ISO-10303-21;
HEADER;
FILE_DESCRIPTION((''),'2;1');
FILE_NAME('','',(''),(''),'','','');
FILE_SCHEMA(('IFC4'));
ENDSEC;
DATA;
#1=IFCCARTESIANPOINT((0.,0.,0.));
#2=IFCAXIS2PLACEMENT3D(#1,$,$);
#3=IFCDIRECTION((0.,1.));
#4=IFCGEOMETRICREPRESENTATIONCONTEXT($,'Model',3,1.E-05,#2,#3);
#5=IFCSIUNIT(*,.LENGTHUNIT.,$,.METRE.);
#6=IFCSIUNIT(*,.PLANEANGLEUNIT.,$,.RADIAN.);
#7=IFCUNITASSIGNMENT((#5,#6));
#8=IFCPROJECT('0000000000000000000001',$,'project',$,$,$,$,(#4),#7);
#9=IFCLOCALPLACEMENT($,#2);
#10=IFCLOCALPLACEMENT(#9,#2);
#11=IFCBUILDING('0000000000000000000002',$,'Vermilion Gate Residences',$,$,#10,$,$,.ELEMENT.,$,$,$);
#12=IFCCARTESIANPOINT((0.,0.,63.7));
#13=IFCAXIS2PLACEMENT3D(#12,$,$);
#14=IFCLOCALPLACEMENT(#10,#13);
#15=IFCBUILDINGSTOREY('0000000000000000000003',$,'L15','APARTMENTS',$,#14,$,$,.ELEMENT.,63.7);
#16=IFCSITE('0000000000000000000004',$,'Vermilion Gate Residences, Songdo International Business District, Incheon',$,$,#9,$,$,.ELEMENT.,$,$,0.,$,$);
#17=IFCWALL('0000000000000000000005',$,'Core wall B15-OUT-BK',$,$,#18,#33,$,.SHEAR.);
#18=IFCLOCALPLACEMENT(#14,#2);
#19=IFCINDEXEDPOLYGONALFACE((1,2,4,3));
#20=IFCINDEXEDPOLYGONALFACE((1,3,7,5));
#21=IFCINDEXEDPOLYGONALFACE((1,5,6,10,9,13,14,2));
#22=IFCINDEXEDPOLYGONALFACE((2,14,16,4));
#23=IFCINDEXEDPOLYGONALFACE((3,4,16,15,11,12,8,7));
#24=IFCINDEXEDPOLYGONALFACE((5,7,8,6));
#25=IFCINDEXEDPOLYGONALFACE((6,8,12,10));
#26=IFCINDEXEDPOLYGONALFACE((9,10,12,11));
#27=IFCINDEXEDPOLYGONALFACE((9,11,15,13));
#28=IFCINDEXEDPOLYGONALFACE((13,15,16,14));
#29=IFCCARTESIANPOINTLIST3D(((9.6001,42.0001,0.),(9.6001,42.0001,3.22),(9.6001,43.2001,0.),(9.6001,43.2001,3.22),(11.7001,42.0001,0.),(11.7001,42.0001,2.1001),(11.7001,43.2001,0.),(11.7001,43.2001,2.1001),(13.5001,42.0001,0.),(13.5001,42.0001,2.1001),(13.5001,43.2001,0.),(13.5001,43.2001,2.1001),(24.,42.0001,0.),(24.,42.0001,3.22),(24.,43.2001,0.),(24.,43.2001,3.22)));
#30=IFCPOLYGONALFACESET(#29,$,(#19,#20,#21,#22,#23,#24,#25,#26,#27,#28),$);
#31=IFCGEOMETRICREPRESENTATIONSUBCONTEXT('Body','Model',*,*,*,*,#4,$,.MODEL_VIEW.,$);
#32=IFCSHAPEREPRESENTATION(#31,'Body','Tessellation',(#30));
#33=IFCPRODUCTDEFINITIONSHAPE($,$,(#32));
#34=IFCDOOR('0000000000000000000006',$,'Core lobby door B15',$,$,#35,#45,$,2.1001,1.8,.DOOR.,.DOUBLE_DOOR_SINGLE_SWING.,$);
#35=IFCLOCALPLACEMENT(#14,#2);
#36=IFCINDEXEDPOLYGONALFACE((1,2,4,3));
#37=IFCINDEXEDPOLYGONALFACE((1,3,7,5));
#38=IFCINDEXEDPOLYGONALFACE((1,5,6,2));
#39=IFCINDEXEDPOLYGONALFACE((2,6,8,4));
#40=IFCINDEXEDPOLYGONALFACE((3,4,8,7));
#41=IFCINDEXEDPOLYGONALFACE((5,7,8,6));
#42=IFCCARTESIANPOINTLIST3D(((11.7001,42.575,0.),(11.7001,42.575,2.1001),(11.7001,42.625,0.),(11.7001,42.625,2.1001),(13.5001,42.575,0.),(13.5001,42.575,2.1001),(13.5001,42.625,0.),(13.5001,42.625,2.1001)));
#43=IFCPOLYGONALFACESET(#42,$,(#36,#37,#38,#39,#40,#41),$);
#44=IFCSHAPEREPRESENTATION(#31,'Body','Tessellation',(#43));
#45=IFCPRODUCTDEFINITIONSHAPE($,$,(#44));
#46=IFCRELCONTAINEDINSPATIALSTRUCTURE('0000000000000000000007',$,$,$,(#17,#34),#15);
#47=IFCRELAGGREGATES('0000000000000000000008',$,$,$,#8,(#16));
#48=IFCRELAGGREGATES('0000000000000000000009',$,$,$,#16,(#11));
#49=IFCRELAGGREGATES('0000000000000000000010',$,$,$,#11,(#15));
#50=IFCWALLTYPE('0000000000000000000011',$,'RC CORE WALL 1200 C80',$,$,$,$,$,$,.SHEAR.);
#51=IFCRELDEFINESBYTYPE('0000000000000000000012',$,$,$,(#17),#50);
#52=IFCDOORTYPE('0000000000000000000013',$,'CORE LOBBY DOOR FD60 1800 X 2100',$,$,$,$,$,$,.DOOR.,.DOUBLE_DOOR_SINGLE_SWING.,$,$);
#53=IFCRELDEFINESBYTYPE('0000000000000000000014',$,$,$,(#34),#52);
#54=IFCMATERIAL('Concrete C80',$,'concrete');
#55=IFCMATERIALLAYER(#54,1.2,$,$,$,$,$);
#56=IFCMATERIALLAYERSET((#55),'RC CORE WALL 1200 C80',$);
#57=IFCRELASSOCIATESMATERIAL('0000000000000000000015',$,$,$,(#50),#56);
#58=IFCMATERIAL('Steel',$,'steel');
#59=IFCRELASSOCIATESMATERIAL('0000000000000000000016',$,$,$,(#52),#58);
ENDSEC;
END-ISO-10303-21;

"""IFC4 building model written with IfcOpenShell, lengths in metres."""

from ifc_helpers import new_model, si_unit, direction, frame, frame_2d, origin, place, context, subcontext, project, spatial, rectangle, extrude, material, layer, layer_set, type_object, element, fill, save


model = new_model("IFC4")

# Units and contexts
model_context = context("Model", 3, precision=1e-05, world=origin(), true_north=direction((0.0, 1.0)))
body_context = subcontext(model_context, "Body", "Model", "MODEL_VIEW")
ifc_project = project(units=[si_unit("LENGTHUNIT", "METRE"), si_unit("PLANEANGLEUNIT", "RADIAN")], contexts=[model_context])

# Site, building, storey
site_placement = place(None, origin())
site = spatial("IfcSite", under=ifc_project, at=site_placement, Name="Vermilion Gate Residences, Songdo International Business District, Incheon", CompositionType="ELEMENT", RefElevation=0.0)
building_placement = place(site_placement, origin())
building = spatial("IfcBuilding", under=site, at=building_placement, Name="Vermilion Gate Residences", CompositionType="ELEMENT")
storey_placement = place(building_placement, frame((0.0, 0.0, 63.7)))
storey = spatial("IfcBuildingStorey", under=building, at=storey_placement, Name="L15", Description="APARTMENTS", CompositionType="ELEMENT", Elevation=63.7)

# Wall, opening, door
ifc_material_1 = material(Name="Concrete C80", Category="concrete")
ifc_layer_1 = layer(ifc_material_1, 1.2)
ifc_layer_set_1 = layer_set([ifc_layer_1], Name="RC CORE WALL 1200 C80")
wall_type_1 = type_object("IfcWallType", Name="RC CORE WALL 1200 C80", PredefinedType="SHEAR", material=ifc_layer_set_1)
wall_1_placement = place(storey_placement, frame((9.6001, 42.6001, 0.0), z_axis=(0.0, 0.0, 1.0), x_axis=(1.0, 0.0, 0.0)))
wall_1 = element("IfcWall", 1, at=wall_1_placement, inside=storey, type_object=wall_type_1, Name="Core wall B15-OUT-BK", PredefinedType="SHEAR", context=body_context, shape_type="SweptSolid", body=[
    extrude(rectangle(XDim=14.3999, YDim=1.2, at=frame_2d((7.2, 0.0))), origin(), (0.0, 0.0, 1.0), 3.22),
])
opening_1_placement = place(wall_1_placement, frame((2.1001, 0.0, 0.0)))
opening_1 = element("IfcOpeningElement", 2, at=opening_1_placement, cuts=wall_1, PredefinedType="OPENING", context=body_context, shape_type="SweptSolid", body=[
    extrude(rectangle(XDim=1.8, YDim=2.1001, at=frame_2d((0.8999, 1.05))), frame((0.0, 0.6099, 0.0), z_axis=(0.0, -1.0, 0.0), x_axis=(1.0, 0.0, 0.0)), (0.0, 0.0, 1.0), 1.22),
])
ifc_material_2 = material(Name="Steel", Category="steel")
door_type_1 = type_object("IfcDoorType", Name="CORE LOBBY DOOR FD60 1800 X 2100", OperationType="DOUBLE_DOOR_SINGLE_SWING", PredefinedType="DOOR", material=ifc_material_2)
door_1_placement = place(opening_1_placement, origin())
door_1 = element("IfcDoor", 3, at=door_1_placement, inside=storey, type_object=door_type_1, Name="Core lobby door B15", OperationType="DOUBLE_DOOR_SINGLE_SWING", OverallHeight=2.1001, OverallWidth=1.8, PredefinedType="DOOR", context=body_context, shape_type="SweptSolid", body=[
    extrude(rectangle(XDim=1.8, YDim=2.1001, at=frame_2d((0.8999, 1.05))), frame((0.0, 0.0249, 0.0), z_axis=(0.0, -1.0, 0.0), x_axis=(1.0, 0.0, 0.0)), (0.0, 0.0, 1.0), 0.05),
])
fill(opening_1, door_1)

save(model, "model.ifc")
